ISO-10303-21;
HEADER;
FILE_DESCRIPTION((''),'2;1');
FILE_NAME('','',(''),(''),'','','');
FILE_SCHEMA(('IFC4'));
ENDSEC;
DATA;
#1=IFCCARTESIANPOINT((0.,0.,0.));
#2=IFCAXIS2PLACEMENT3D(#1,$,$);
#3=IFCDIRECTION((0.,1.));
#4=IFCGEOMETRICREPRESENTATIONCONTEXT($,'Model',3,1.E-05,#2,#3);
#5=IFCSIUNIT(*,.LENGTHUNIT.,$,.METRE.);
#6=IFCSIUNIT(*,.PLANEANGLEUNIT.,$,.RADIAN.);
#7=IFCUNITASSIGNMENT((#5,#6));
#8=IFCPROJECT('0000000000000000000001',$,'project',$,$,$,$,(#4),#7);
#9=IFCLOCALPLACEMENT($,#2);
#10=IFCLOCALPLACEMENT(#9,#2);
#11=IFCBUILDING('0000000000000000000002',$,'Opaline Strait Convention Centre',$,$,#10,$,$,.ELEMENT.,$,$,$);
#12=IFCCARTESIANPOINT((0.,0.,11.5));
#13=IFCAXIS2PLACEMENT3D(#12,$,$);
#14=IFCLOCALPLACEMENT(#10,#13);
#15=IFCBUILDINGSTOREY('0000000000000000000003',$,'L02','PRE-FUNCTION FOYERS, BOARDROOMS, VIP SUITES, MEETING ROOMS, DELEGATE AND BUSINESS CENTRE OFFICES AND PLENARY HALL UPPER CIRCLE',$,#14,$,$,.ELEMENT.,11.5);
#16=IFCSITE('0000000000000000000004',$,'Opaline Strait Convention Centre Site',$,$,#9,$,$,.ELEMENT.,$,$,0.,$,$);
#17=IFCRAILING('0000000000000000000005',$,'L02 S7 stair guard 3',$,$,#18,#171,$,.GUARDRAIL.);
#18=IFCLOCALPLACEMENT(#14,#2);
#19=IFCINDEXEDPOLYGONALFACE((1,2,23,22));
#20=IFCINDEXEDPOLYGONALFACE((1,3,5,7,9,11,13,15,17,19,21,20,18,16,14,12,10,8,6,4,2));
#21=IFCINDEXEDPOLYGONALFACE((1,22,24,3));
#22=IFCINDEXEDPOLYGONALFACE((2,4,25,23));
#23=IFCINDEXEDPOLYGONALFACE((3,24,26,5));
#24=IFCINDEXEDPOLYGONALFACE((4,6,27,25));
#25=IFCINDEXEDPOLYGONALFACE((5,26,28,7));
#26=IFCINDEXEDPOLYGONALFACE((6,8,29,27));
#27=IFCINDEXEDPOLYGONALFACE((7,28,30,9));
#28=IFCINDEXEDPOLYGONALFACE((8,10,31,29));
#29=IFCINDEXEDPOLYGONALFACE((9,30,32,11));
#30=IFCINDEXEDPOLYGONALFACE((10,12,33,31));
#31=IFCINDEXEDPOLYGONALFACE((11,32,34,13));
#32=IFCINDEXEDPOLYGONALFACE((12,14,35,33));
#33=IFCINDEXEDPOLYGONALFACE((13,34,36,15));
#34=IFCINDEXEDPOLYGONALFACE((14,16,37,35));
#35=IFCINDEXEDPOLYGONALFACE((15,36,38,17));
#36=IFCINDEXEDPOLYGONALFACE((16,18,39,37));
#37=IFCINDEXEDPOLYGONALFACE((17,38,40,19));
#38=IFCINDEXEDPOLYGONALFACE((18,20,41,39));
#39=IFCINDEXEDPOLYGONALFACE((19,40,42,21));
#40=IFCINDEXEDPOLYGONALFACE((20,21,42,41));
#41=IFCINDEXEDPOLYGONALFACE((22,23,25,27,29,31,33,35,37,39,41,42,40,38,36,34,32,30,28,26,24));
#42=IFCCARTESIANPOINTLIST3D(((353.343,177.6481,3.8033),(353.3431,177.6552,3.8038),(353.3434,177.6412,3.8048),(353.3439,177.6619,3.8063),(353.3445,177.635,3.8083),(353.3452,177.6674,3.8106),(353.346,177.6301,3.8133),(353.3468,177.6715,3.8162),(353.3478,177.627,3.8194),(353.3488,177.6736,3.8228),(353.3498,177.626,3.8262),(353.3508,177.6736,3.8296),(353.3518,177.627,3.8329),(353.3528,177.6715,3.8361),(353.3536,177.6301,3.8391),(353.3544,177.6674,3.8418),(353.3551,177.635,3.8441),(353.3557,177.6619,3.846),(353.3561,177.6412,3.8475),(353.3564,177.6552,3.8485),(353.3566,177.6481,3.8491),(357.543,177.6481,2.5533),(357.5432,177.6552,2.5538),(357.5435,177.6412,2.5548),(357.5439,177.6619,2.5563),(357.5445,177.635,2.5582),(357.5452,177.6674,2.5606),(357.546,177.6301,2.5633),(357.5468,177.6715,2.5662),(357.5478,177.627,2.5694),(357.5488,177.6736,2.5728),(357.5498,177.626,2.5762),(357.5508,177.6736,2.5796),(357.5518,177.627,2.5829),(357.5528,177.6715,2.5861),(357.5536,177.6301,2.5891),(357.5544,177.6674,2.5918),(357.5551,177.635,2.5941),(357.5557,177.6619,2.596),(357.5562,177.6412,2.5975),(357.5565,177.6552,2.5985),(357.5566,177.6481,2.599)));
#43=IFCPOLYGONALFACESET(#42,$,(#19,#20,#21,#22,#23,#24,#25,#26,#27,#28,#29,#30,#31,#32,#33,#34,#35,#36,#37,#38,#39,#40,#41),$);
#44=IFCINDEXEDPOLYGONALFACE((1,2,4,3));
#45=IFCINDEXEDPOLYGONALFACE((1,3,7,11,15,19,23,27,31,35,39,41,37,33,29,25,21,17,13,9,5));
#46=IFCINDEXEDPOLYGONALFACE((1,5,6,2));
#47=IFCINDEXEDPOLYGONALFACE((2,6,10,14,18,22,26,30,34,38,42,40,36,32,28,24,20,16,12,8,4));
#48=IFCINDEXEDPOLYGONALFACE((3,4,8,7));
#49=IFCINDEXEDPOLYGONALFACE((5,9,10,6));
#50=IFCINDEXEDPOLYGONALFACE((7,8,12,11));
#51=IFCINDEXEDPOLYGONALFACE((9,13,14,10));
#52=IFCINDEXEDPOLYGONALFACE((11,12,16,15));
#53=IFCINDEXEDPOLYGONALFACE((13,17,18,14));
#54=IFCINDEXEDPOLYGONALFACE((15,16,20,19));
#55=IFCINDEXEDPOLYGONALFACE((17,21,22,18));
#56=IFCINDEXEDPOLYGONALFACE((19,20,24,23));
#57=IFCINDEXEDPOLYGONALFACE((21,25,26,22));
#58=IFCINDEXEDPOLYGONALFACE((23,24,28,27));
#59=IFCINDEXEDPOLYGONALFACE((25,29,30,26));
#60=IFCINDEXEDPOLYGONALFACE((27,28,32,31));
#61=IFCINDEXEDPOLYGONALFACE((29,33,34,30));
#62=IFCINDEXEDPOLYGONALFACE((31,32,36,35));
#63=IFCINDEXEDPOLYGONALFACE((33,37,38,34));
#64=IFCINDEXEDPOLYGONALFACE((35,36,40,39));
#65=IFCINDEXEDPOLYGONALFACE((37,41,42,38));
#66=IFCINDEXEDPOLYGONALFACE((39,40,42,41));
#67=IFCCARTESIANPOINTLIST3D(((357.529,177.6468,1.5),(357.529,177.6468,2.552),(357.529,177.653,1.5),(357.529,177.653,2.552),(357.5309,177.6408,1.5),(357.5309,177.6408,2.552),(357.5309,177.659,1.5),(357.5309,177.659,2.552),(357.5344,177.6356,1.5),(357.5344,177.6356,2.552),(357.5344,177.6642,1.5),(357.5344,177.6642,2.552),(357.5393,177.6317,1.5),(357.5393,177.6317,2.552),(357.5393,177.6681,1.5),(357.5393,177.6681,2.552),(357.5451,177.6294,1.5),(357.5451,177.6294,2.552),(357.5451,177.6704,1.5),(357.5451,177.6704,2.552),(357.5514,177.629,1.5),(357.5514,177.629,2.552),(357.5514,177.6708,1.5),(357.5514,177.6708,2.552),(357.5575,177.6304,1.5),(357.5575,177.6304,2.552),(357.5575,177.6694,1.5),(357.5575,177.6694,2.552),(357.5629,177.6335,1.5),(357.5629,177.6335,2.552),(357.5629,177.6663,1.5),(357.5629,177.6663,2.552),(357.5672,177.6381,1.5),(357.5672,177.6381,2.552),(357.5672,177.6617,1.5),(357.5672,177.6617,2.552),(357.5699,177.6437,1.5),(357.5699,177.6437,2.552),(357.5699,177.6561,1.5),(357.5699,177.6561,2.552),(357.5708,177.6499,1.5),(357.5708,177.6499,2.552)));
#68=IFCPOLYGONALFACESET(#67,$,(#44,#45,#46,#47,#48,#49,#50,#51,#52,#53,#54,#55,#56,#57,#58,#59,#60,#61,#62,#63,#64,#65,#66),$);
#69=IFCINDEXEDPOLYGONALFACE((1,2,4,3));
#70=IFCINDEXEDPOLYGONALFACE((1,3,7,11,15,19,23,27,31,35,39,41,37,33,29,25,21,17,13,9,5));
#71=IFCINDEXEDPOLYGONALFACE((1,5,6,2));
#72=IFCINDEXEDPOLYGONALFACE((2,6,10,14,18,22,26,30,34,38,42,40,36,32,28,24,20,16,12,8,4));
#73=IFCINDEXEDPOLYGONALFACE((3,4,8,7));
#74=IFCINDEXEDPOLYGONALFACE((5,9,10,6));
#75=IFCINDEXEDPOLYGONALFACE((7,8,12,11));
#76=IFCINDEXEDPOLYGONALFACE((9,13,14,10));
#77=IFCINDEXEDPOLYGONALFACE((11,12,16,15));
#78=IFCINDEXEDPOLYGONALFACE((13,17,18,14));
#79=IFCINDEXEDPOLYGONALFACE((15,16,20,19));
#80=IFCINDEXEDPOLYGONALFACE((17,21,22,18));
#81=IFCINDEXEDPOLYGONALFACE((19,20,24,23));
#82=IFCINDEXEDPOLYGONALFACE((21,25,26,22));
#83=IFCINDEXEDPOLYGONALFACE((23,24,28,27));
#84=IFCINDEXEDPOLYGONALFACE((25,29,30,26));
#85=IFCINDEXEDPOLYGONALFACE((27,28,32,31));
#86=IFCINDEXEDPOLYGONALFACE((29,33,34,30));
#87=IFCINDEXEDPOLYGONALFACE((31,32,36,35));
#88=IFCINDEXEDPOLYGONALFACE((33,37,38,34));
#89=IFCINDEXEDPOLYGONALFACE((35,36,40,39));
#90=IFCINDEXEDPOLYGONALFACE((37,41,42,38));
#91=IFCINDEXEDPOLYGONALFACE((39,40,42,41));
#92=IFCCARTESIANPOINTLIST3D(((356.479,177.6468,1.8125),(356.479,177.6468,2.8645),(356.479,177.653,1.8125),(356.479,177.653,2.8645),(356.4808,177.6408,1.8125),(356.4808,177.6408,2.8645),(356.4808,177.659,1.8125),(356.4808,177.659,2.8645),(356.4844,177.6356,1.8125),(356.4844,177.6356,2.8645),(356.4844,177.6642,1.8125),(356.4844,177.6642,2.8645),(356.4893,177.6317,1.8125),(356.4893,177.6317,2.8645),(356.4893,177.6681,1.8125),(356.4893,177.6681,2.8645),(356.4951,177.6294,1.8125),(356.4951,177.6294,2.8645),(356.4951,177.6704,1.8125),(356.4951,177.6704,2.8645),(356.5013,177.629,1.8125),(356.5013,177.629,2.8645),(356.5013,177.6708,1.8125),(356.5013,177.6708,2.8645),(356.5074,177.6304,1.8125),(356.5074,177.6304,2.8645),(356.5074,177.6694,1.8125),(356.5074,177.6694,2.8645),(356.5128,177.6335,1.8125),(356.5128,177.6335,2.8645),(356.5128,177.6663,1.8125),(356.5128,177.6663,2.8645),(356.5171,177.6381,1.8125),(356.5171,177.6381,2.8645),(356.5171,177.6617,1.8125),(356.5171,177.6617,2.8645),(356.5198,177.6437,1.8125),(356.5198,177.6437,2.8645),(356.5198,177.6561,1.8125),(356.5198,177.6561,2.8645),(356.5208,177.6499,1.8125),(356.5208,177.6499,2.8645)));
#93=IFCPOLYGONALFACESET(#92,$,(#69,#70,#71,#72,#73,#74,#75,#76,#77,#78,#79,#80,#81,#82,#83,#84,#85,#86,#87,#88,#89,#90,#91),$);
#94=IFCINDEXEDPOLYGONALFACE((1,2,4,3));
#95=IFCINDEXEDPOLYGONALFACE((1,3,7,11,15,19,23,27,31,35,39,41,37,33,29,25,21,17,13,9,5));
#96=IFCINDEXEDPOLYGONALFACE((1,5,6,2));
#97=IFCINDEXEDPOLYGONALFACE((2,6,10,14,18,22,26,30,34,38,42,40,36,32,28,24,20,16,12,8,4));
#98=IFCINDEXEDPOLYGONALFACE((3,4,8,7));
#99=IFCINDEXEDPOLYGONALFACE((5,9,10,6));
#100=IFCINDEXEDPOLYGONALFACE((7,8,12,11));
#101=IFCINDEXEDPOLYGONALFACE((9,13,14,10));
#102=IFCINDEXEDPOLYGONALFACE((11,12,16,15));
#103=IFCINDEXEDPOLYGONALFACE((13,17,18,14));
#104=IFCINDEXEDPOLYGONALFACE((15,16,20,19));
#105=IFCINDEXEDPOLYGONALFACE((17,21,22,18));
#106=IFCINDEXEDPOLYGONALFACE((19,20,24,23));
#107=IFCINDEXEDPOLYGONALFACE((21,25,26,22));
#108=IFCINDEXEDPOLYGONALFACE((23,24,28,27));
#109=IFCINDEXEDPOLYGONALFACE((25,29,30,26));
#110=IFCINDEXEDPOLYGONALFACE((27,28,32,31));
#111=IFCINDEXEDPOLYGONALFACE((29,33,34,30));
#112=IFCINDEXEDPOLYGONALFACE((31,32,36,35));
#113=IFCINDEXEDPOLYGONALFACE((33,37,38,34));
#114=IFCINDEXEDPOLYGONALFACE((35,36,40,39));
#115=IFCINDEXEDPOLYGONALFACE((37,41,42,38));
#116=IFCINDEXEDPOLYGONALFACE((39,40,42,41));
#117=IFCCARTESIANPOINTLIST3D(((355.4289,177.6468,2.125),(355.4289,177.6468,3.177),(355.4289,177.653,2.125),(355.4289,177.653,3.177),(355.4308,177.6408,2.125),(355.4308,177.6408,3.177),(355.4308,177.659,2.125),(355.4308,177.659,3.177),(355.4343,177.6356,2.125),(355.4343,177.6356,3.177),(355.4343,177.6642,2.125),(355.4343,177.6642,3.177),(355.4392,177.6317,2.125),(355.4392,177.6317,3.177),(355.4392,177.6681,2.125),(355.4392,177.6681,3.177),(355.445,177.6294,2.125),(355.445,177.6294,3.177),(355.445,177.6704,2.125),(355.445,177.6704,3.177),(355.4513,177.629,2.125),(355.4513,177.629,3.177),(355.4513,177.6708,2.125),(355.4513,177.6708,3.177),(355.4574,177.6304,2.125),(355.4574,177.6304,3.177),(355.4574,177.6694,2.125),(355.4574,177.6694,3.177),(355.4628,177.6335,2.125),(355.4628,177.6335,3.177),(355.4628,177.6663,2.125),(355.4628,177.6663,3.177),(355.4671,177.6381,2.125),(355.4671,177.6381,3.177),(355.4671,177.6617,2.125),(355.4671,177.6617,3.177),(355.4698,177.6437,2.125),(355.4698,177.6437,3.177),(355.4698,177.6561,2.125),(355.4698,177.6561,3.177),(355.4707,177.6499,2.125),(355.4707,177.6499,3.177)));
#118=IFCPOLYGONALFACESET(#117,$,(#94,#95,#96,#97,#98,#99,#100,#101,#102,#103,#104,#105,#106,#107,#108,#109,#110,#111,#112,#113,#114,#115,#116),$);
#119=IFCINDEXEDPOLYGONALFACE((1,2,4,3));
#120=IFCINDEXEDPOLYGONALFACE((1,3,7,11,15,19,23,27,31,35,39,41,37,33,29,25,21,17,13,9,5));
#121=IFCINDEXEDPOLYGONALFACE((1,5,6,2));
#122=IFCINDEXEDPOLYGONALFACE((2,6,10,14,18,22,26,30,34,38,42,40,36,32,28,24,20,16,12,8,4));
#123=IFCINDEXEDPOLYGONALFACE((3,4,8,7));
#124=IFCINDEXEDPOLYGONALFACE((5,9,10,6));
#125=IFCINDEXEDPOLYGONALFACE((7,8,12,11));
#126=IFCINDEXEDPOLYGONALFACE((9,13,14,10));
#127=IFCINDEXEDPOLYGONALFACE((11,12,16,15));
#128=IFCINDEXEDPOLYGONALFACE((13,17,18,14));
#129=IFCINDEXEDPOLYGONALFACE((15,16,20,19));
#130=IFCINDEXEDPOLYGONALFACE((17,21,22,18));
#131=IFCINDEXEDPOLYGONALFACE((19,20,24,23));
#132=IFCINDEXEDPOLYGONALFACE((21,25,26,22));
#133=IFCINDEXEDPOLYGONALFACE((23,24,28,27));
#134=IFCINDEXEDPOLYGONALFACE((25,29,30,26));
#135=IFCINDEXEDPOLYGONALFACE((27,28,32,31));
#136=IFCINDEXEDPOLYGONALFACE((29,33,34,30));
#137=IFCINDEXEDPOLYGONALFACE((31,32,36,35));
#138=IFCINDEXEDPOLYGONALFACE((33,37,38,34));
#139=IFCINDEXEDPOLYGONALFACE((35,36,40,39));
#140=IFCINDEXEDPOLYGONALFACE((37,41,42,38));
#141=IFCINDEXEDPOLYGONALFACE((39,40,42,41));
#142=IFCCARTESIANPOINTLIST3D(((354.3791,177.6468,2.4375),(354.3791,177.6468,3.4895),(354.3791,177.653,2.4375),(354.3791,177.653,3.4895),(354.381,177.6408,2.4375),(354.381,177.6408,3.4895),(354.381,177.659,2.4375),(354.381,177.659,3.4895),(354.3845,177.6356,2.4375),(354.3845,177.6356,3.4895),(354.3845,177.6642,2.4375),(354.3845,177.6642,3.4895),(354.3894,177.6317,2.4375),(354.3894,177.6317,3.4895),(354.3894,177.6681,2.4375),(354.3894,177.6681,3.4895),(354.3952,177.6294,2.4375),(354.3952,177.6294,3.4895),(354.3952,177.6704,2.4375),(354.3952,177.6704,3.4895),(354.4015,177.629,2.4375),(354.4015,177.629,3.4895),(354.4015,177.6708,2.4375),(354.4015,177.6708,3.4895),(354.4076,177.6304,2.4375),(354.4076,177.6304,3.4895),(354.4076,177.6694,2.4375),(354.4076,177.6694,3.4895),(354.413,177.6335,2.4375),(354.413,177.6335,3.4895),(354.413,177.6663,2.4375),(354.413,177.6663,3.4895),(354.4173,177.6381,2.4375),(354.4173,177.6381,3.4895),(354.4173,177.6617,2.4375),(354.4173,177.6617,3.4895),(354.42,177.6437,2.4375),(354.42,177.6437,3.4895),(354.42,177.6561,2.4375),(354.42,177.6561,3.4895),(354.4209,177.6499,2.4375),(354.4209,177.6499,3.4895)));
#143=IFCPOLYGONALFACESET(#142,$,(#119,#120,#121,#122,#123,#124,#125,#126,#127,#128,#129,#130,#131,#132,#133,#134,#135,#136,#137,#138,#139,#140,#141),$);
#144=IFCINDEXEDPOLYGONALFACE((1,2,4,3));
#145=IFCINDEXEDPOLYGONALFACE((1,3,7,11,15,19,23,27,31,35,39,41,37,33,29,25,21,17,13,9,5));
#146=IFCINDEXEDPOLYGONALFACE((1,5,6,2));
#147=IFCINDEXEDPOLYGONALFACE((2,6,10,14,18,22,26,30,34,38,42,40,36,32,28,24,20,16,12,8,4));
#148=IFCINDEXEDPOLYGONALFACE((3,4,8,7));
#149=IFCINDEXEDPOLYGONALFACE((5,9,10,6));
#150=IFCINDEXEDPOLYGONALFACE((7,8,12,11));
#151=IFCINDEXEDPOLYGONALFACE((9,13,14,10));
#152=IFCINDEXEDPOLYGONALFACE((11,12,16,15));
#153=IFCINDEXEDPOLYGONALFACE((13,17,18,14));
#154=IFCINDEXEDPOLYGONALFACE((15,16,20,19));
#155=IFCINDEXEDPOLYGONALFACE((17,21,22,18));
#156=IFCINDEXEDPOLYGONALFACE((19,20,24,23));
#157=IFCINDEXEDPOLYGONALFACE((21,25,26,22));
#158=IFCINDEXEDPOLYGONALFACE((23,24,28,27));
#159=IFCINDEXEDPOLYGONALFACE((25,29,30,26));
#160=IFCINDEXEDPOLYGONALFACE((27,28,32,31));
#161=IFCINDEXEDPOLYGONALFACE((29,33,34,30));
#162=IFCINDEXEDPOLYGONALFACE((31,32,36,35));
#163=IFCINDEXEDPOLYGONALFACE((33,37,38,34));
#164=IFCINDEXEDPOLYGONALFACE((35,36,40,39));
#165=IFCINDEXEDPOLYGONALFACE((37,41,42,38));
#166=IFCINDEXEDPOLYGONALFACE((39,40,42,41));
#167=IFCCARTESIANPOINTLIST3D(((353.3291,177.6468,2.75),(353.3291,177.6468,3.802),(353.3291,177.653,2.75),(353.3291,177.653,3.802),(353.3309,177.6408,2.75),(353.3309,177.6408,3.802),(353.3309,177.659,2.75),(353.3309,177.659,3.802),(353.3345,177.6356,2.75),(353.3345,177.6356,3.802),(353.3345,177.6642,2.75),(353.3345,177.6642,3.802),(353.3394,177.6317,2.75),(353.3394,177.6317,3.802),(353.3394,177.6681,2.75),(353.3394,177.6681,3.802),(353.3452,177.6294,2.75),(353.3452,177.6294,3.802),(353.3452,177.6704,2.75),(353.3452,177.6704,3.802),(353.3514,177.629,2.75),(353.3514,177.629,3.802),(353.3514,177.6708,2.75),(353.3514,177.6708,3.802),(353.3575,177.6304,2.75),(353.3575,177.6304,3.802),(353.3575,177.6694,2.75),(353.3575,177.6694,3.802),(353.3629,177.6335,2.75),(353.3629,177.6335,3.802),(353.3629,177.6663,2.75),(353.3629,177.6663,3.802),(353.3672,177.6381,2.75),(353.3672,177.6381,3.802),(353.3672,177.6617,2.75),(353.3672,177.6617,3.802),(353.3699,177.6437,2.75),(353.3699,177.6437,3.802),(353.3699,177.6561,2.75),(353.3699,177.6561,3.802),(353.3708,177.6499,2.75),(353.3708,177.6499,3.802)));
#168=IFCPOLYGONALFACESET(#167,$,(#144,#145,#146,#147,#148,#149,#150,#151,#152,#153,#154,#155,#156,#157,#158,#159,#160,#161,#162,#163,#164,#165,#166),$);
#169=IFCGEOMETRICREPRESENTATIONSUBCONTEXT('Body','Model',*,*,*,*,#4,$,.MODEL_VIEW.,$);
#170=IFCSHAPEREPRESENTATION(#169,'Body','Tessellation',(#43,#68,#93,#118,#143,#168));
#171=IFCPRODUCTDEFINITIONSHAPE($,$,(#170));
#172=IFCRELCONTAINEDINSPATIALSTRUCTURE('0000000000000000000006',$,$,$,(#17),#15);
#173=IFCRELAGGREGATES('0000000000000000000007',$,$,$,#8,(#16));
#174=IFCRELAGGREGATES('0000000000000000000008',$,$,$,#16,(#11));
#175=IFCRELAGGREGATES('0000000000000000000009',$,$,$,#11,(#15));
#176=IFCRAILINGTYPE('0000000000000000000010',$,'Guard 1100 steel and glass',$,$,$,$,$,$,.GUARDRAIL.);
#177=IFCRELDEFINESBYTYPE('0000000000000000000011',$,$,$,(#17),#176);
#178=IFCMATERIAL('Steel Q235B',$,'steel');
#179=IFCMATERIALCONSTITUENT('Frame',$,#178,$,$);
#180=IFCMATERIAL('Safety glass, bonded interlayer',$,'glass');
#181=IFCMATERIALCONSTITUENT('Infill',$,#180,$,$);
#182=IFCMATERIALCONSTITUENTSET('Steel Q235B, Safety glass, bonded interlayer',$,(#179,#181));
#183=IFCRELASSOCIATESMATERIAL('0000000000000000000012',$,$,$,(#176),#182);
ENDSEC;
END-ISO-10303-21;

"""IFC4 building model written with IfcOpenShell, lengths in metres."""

from ifc_helpers import new_model, si_unit, direction, frame, origin, origin_2d, place, context, subcontext, project, spatial, circle, extrude, material, constituent, constituent_set, type_object, element, save


model = new_model("IFC4")

# Units and contexts
model_context = context("Model", 3, precision=1e-05, world=origin(), true_north=direction((0.0, 1.0)))
body_context = subcontext(model_context, "Body", "Model", "MODEL_VIEW")
ifc_project = project(units=[si_unit("LENGTHUNIT", "METRE"), si_unit("PLANEANGLEUNIT", "RADIAN")], contexts=[model_context])

# Site, building, storey
site_placement = place(None, origin())
site = spatial("IfcSite", under=ifc_project, at=site_placement, Name="Opaline Strait Convention Centre Site", CompositionType="ELEMENT", RefElevation=0.0)
building_placement = place(site_placement, origin())
building = spatial("IfcBuilding", under=site, at=building_placement, Name="Opaline Strait Convention Centre", CompositionType="ELEMENT")
storey_placement = place(building_placement, frame((0.0, 0.0, 11.5)))
storey = spatial("IfcBuildingStorey", under=building, at=storey_placement, Name="L02", Description="PRE-FUNCTION FOYERS, BOARDROOMS, VIP SUITES, MEETING ROOMS, DELEGATE AND BUSINESS CENTRE OFFICES AND PLENARY HALL UPPER CIRCLE", CompositionType="ELEMENT", Elevation=11.5)

# Railing
ifc_material_1 = material(Name="Steel Q235B", Category="steel")
ifc_constituent_1 = constituent(ifc_material_1, Name="Frame")
ifc_material_2 = material(Name="Safety glass, bonded interlayer", Category="glass")
ifc_constituent_2 = constituent(ifc_material_2, Name="Infill")
ifc_constituent_set = constituent_set(constituents=[ifc_constituent_1, ifc_constituent_2], Name="Steel Q235B, Safety glass, bonded interlayer")
railing_type_1 = type_object("IfcRailingType", Name="Guard 1100 steel and glass", PredefinedType="GUARDRAIL", material=ifc_constituent_set)
railing_1_placement = place(storey_placement, frame((357.5498, 177.6499, 1.5)))
element("IfcRailing", 1, at=railing_1_placement, inside=storey, type_object=railing_type_1, Name="L02 S7 stair guard 3", PredefinedType="GUARDRAIL", context=body_context, shape_type="SweptSolid", body=[
    extrude(circle(Radius=0.0239, at=origin_2d()), frame((0.0, 0.0, 1.0762), z_axis=(-0.958451, 0.0, 0.285257), x_axis=(0.0, -1.0, 0.0)), (0.0, 0.0, 1.0), 4.3821),
    extrude(circle(Radius=0.021, at=origin_2d()), origin(), (0.0, 0.0, 1.0), 1.052),
    extrude(circle(Radius=0.021, at=origin_2d()), frame((-1.05, 0.0, 0.3125)), (0.0, 0.0, 1.0), 1.052),
    extrude(circle(Radius=0.021, at=origin_2d()), frame((-2.1001, 0.0, 0.625)), (0.0, 0.0, 1.0), 1.052),
    extrude(circle(Radius=0.021, at=origin_2d()), frame((-3.1499, 0.0, 0.9375)), (0.0, 0.0, 1.0), 1.052),
    extrude(circle(Radius=0.021, at=origin_2d()), frame((-4.2, 0.0, 1.25)), (0.0, 0.0, 1.0), 1.052),
])

save(model, "model.ifc")
